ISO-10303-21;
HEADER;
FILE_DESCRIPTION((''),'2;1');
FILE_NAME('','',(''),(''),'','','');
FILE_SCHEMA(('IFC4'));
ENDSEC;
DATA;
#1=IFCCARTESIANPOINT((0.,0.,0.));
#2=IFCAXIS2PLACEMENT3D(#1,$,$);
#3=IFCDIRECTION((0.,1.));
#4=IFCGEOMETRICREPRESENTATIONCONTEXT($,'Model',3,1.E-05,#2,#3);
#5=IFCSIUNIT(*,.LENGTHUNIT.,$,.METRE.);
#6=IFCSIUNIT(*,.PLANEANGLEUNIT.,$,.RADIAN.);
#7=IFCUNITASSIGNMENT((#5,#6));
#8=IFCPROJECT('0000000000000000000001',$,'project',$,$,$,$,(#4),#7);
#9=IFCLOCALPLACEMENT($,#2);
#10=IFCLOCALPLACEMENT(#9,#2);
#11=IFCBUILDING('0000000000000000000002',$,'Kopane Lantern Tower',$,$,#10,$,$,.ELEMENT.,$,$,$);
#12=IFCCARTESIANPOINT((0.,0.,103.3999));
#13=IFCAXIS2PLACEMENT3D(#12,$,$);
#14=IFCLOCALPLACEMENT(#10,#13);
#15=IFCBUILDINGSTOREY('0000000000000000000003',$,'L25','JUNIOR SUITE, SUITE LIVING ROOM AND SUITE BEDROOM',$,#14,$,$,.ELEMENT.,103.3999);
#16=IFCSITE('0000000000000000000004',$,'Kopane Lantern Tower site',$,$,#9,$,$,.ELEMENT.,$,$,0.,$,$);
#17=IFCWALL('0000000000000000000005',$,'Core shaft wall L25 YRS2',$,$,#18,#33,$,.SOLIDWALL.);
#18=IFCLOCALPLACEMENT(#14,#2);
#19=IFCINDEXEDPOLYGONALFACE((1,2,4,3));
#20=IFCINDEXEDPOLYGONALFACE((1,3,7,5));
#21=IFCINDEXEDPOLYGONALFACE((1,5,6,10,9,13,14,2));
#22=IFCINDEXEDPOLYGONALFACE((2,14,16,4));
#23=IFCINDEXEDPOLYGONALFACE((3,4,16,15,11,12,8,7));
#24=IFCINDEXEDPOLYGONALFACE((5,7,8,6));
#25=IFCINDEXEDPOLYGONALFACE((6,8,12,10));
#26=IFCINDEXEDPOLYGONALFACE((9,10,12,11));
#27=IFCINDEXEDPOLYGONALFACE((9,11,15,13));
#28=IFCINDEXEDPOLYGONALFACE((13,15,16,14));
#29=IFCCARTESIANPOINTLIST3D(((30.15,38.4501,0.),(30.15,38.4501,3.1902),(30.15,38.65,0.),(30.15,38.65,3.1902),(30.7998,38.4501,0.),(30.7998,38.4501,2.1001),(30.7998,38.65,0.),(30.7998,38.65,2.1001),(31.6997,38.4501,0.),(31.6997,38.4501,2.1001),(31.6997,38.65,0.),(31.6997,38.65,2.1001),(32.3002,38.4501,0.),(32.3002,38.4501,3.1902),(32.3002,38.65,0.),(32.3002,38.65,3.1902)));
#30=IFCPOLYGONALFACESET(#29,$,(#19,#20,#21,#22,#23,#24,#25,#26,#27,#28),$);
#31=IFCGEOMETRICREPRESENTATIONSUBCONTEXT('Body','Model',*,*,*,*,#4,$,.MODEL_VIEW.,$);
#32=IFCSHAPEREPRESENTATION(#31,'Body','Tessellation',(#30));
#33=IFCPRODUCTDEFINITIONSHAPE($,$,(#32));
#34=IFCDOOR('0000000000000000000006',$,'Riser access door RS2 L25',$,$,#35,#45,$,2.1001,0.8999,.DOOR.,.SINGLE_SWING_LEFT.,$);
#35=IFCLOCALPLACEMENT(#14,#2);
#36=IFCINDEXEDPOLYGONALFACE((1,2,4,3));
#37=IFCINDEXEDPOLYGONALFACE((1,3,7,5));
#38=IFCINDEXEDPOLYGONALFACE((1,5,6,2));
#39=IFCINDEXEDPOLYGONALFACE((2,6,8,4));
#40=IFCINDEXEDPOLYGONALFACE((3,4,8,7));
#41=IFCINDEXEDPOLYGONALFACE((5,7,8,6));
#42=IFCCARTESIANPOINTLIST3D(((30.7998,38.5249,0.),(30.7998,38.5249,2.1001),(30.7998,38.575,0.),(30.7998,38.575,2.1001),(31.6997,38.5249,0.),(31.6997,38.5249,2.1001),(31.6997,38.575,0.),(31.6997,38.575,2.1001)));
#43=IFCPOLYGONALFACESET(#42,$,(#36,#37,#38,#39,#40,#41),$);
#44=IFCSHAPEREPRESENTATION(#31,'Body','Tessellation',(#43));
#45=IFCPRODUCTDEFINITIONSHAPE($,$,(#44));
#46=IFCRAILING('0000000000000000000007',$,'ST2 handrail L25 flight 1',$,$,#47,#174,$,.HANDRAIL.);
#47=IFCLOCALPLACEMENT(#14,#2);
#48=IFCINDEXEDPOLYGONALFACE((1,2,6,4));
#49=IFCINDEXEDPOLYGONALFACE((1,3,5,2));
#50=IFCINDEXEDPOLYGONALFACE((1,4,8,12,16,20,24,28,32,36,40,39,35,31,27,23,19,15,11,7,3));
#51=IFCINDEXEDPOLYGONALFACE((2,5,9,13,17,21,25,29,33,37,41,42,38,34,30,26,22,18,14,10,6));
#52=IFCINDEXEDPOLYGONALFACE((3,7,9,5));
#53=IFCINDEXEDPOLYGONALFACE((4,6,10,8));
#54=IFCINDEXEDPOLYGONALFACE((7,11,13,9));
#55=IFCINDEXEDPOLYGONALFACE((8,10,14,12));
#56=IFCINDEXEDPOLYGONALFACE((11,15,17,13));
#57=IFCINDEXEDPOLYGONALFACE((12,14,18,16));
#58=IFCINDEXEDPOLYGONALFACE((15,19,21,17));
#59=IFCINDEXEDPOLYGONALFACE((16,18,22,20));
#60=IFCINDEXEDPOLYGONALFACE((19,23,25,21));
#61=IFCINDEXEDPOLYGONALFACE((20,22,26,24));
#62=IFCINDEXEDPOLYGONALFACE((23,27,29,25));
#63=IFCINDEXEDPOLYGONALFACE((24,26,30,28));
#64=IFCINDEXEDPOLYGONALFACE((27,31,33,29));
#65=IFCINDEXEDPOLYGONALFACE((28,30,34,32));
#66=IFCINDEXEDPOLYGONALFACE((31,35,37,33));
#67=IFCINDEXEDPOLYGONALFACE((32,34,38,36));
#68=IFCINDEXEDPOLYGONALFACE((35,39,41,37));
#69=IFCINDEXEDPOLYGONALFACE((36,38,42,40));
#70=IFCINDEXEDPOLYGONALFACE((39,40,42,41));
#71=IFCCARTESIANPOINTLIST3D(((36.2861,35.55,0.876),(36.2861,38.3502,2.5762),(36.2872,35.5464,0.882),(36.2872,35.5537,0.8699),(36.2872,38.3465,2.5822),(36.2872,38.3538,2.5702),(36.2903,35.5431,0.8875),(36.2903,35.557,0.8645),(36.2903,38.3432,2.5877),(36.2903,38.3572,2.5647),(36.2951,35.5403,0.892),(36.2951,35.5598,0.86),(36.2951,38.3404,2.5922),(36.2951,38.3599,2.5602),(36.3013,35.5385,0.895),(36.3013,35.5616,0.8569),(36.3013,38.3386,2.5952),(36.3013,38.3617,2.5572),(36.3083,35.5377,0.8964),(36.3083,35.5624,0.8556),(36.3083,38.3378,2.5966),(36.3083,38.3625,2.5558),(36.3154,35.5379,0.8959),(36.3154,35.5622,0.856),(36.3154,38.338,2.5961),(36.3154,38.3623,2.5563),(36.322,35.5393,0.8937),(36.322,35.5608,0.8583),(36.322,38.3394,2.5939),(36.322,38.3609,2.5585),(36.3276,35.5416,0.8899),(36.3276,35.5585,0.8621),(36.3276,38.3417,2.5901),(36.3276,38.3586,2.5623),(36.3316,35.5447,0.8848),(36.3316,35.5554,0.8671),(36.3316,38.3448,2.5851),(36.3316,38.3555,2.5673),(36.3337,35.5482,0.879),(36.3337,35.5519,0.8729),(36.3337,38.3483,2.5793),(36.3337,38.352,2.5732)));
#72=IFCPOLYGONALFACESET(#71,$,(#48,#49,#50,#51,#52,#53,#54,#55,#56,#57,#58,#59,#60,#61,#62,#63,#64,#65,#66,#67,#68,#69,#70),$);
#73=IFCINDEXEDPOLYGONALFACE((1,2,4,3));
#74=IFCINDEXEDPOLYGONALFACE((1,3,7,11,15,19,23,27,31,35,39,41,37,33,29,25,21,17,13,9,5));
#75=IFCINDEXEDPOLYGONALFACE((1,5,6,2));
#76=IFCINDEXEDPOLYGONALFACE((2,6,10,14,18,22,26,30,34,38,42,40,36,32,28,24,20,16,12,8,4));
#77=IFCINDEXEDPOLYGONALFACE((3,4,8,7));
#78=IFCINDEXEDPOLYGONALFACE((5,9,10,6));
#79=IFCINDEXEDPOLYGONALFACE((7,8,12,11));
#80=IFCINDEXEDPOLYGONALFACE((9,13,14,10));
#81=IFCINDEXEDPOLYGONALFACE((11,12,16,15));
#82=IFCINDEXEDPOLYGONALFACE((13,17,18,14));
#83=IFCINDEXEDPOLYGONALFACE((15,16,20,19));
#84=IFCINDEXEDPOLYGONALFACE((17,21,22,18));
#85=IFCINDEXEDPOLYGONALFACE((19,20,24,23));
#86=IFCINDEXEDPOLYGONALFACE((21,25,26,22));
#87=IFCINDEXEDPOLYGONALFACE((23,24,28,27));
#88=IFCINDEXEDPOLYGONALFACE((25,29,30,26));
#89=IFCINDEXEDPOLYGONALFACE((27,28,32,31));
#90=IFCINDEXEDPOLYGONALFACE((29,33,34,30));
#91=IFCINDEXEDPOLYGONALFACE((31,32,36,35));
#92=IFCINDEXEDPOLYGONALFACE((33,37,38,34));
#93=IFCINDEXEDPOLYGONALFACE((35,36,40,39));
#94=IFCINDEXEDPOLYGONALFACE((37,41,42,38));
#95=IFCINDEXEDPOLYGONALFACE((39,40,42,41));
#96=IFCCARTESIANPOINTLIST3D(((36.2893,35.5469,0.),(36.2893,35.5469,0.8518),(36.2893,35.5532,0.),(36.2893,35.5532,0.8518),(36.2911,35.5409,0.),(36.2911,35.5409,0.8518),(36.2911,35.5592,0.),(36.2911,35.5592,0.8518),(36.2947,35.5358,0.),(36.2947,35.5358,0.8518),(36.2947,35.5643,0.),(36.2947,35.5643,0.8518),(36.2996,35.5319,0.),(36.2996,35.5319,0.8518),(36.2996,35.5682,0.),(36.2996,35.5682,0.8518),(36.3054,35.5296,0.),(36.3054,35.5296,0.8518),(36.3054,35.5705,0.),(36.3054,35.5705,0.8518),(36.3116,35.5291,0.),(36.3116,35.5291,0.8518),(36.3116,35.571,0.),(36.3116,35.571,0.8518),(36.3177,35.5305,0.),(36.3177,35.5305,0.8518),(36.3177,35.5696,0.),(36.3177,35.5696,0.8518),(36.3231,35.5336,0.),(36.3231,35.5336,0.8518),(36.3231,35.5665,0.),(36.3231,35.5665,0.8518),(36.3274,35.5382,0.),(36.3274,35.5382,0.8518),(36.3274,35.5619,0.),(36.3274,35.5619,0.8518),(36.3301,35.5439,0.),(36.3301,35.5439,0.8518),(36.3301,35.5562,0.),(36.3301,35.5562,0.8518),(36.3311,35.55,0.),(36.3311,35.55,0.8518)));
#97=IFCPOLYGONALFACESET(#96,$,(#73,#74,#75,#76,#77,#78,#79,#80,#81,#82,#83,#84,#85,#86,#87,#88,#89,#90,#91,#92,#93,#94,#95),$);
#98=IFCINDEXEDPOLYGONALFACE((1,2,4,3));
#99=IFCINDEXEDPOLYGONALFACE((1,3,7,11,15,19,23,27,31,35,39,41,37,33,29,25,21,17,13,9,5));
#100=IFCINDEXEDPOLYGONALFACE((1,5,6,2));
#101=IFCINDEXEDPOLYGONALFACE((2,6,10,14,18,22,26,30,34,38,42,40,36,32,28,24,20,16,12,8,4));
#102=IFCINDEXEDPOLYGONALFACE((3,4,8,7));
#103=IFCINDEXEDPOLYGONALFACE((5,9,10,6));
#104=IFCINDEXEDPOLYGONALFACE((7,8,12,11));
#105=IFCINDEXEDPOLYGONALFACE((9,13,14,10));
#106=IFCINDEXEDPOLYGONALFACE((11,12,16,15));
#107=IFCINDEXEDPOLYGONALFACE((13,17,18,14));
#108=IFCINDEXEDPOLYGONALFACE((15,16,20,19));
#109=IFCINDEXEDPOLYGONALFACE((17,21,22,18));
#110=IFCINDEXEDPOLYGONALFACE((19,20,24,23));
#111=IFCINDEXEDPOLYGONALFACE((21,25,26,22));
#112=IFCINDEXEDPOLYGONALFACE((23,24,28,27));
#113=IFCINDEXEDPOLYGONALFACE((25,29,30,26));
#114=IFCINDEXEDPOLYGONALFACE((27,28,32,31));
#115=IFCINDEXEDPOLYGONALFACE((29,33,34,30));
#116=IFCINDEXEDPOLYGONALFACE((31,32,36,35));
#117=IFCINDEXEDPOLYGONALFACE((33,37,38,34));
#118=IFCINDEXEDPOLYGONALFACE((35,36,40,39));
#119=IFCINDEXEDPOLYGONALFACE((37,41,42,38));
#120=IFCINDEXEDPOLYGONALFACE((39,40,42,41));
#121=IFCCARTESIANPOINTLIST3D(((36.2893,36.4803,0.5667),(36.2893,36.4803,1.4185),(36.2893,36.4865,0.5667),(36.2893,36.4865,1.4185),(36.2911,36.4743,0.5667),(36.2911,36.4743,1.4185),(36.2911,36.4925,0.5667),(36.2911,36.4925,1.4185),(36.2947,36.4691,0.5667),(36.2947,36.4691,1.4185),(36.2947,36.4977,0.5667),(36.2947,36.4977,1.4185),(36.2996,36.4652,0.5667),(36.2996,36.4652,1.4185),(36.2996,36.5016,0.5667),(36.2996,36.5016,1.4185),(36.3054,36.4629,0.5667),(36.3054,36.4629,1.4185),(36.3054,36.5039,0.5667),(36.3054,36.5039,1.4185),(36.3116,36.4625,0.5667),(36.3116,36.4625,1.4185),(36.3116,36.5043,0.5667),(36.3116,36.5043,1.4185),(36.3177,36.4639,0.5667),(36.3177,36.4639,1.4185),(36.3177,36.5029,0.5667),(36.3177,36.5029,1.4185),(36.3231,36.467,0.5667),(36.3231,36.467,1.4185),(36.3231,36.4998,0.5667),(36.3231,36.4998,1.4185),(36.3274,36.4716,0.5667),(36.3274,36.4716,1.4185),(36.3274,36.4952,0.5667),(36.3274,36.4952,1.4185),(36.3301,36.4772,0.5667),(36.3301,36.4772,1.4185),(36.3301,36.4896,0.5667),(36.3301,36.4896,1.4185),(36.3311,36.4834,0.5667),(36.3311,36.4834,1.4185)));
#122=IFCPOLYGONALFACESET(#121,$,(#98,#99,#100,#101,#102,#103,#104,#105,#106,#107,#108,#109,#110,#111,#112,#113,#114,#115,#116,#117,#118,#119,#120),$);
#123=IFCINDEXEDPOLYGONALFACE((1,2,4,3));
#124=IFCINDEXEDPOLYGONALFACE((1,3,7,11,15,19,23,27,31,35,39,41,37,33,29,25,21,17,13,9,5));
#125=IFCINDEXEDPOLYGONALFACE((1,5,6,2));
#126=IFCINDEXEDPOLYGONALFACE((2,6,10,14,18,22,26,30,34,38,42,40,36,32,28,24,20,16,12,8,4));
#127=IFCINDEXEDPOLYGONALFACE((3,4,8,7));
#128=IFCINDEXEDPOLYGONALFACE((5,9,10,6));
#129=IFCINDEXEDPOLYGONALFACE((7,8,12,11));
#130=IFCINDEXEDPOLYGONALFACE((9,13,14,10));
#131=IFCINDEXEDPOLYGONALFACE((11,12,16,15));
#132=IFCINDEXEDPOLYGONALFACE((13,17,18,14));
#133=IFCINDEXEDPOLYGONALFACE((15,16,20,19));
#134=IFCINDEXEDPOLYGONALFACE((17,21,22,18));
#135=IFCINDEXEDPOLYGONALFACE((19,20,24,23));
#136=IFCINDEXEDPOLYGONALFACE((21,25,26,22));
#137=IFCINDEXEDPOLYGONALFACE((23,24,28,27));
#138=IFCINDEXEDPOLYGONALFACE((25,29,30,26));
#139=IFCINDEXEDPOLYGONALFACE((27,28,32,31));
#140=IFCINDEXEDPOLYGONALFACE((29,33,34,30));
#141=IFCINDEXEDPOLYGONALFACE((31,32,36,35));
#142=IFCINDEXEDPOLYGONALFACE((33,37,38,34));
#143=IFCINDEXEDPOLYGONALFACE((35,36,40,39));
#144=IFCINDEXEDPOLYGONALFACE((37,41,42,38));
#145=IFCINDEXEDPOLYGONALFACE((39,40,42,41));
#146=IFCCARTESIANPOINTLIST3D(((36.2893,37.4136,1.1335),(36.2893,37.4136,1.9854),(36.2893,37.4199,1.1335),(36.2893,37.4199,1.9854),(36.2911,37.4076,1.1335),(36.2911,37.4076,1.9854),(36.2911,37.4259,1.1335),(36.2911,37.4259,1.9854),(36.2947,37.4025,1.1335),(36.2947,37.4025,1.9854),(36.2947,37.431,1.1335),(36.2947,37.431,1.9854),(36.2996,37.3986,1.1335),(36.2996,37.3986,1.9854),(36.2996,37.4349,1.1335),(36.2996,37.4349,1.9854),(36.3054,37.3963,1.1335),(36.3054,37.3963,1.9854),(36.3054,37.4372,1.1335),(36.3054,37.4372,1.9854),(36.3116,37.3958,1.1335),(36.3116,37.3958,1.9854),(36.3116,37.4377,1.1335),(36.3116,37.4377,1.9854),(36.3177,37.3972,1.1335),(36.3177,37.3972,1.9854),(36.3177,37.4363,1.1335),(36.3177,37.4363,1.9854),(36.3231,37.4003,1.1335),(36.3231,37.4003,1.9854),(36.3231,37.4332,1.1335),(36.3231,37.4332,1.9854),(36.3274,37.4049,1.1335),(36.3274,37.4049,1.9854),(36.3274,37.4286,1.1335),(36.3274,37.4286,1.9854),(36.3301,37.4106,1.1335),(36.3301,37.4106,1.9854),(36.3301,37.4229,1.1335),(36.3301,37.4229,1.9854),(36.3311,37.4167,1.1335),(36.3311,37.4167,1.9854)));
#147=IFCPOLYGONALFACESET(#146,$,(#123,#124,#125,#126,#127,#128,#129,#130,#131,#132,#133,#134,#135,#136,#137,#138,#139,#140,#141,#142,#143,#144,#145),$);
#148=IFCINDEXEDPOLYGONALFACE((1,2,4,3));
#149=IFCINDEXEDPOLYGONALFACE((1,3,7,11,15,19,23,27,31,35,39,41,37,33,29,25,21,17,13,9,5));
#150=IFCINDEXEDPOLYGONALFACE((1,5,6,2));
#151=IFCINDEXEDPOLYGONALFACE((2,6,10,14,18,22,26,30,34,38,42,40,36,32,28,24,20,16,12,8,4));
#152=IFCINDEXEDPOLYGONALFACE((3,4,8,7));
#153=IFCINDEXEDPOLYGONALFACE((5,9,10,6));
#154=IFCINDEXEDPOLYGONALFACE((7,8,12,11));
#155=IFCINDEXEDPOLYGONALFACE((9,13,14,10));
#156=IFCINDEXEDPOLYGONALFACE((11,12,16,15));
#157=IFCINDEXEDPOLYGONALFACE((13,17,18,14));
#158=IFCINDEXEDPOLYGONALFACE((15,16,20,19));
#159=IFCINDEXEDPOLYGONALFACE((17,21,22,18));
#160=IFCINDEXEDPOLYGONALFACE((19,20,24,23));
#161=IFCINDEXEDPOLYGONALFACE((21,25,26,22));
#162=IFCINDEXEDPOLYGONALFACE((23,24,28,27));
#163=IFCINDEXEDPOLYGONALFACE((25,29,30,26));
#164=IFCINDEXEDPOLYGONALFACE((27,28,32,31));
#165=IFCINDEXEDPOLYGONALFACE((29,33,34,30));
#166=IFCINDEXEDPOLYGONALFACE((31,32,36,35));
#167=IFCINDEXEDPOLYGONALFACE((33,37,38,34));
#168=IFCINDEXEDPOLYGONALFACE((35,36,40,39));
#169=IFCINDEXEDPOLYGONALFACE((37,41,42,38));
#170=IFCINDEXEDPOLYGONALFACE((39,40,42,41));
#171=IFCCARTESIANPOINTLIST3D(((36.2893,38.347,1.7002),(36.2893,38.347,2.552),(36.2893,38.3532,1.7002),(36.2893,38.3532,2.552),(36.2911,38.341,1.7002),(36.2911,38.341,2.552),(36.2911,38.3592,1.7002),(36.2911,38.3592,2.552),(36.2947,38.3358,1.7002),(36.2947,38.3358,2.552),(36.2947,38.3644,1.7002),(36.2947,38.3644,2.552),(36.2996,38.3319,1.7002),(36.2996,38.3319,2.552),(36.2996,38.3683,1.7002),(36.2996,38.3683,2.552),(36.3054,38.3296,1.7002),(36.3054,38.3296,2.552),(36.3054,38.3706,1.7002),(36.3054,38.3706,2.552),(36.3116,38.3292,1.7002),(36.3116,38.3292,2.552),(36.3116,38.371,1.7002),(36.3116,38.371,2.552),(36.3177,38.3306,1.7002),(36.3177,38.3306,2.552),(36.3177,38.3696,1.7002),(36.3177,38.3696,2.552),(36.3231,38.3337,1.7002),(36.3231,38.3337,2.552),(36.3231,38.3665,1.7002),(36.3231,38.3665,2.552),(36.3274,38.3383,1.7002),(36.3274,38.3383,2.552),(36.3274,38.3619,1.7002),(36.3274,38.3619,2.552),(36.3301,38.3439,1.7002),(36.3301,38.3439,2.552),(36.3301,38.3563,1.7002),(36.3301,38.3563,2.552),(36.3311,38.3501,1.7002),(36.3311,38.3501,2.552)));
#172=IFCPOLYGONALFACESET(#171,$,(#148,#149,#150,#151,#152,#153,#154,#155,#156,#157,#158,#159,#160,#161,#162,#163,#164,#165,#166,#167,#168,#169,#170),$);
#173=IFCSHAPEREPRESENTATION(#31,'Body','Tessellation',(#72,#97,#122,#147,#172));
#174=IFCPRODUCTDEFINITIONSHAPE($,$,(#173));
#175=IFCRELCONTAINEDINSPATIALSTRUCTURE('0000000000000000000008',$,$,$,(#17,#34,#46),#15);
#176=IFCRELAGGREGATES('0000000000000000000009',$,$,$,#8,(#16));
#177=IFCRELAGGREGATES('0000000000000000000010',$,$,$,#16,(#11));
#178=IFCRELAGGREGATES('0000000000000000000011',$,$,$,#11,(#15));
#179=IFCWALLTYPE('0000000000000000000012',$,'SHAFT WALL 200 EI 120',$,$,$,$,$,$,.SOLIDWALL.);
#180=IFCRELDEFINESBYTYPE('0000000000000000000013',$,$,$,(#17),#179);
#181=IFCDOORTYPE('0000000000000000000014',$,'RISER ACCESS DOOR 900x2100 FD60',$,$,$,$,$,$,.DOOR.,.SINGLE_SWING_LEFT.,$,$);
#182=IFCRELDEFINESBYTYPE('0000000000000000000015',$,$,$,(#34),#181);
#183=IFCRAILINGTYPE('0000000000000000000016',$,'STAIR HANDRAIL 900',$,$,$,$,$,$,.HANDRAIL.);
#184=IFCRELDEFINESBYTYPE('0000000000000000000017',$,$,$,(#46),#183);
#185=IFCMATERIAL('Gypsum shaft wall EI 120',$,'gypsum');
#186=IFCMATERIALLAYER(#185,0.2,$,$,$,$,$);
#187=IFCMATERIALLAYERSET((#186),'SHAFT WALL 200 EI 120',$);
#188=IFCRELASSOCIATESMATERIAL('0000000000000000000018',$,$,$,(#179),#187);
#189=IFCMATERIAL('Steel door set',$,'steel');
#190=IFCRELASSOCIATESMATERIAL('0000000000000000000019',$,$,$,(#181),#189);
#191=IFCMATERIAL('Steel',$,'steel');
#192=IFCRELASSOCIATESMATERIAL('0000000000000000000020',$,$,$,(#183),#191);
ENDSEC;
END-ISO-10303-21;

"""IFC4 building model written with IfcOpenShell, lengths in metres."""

from ifc_helpers import new_model, si_unit, direction, frame, frame_2d, origin, origin_2d, place, context, subcontext, project, spatial, rectangle, circle, extrude, material, layer, layer_set, type_object, element, fill, save


model = new_model("IFC4")

# Units and contexts
model_context = context("Model", 3, precision=1e-05, world=origin(), true_north=direction((0.0, 1.0)))
body_context = subcontext(model_context, "Body", "Model", "MODEL_VIEW")
ifc_project = project(units=[si_unit("LENGTHUNIT", "METRE"), si_unit("PLANEANGLEUNIT", "RADIAN")], contexts=[model_context])

# Site, building, storey
site_placement = place(None, origin())
site = spatial("IfcSite", under=ifc_project, at=site_placement, Name="Kopane Lantern Tower site", CompositionType="ELEMENT", RefElevation=0.0)
building_placement = place(site_placement, origin())
building = spatial("IfcBuilding", under=site, at=building_placement, Name="Kopane Lantern Tower", CompositionType="ELEMENT")
storey_placement = place(building_placement, frame((0.0, 0.0, 103.3999)))
storey = spatial("IfcBuildingStorey", under=building, at=storey_placement, Name="L25", Description="JUNIOR SUITE, SUITE LIVING ROOM AND SUITE BEDROOM", CompositionType="ELEMENT", Elevation=103.3999)

# Shared definitions
ifc_material_1 = material(Name="Gypsum shaft wall EI 120", Category="gypsum")
ifc_layer_1 = layer(ifc_material_1, 0.2)
ifc_layer_set_1 = layer_set([ifc_layer_1], Name="SHAFT WALL 200 EI 120")
wall_type_1 = type_object("IfcWallType", Name="SHAFT WALL 200 EI 120", PredefinedType="SOLIDWALL", material=ifc_layer_set_1)

# Wall, opening, door
wall_1_placement = place(storey_placement, frame((30.1499, 38.55, 0.0), z_axis=(0.0, 0.0, 1.0), x_axis=(1.0, 0.0, 0.0)))
wall_1 = element("IfcWall", 1, at=wall_1_placement, inside=storey, type_object=wall_type_1, Name="Core shaft wall L25 YRS2", PredefinedType="SOLIDWALL", context=body_context, shape_type="SweptSolid", body=[
    extrude(rectangle(XDim=2.1501, YDim=0.2, at=frame_2d((1.0752, 0.0))), origin(), (0.0, 0.0, 1.0), 3.1902),
])
opening_1_placement = place(wall_1_placement, frame((0.6499, 0.0, 0.0)))
opening_1 = element("IfcOpeningElement", 2, at=opening_1_placement, cuts=wall_1, PredefinedType="OPENING", context=body_context, shape_type="SweptSolid", body=[
    extrude(rectangle(XDim=0.8999, YDim=2.1001, at=frame_2d((0.45, 1.05))), frame((0.0, 0.1099, 0.0), z_axis=(0.0, -1.0, 0.0), x_axis=(1.0, 0.0, 0.0)), (0.0, 0.0, 1.0), 0.22),
])
ifc_material_2 = material(Name="Steel door set", Category="steel")
door_type_1 = type_object("IfcDoorType", Name="RISER ACCESS DOOR 900x2100 FD60", OperationType="SINGLE_SWING_LEFT", PredefinedType="DOOR", material=ifc_material_2)
door_1_placement = place(opening_1_placement, origin())
door_1 = element("IfcDoor", 3, at=door_1_placement, inside=storey, type_object=door_type_1, Name="Riser access door RS2 L25", OperationType="SINGLE_SWING_LEFT", OverallHeight=2.1001, OverallWidth=0.8999, PredefinedType="DOOR", context=body_context, shape_type="SweptSolid", body=[
    extrude(rectangle(XDim=0.8999, YDim=2.1001, at=frame_2d((0.45, 1.05))), frame((0.0, 0.0249, 0.0), z_axis=(0.0, -1.0, 0.0), x_axis=(1.0, 0.0, 0.0)), (0.0, 0.0, 1.0), 0.05),
])
fill(opening_1, door_1)

# Railing
ifc_material_3 = material(Name="Steel", Category="steel")
railing_type_1 = type_object("IfcRailingType", Name="STAIR HANDRAIL 900", PredefinedType="HANDRAIL", material=ifc_material_3)
for number, where, name in (
    (4, (36.3101, 35.55, 0.0), "ST2 handrail L25 flight 1"),
):
    element("IfcRailing", number, at=place(storey_placement, frame(where)), inside=storey, type_object=railing_type_1, Name=name, PredefinedType="HANDRAIL", context=body_context, shape_type="SweptSolid", body=[
        extrude(circle(Radius=0.0239, at=origin_2d()), frame((0.0, 0.0, 0.876), z_axis=(0.0, 0.854765, 0.519015), x_axis=(-1.0, 0.0, 0.0)), (0.0, 0.0, 1.0), 3.2759),
        extrude(circle(Radius=0.021, at=origin_2d()), origin(), (0.0, 0.0, 1.0), 0.8518),
        extrude(circle(Radius=0.021, at=origin_2d()), frame((0.0, 0.9333, 0.5667)), (0.0, 0.0, 1.0), 0.8518),
        extrude(circle(Radius=0.021, at=origin_2d()), frame((0.0, 1.8667, 1.1335)), (0.0, 0.0, 1.0), 0.8518),
        extrude(circle(Radius=0.021, at=origin_2d()), frame((0.0, 2.8, 1.7002)), (0.0, 0.0, 1.0), 0.8518),
    ])

save(model, "model.ifc")
